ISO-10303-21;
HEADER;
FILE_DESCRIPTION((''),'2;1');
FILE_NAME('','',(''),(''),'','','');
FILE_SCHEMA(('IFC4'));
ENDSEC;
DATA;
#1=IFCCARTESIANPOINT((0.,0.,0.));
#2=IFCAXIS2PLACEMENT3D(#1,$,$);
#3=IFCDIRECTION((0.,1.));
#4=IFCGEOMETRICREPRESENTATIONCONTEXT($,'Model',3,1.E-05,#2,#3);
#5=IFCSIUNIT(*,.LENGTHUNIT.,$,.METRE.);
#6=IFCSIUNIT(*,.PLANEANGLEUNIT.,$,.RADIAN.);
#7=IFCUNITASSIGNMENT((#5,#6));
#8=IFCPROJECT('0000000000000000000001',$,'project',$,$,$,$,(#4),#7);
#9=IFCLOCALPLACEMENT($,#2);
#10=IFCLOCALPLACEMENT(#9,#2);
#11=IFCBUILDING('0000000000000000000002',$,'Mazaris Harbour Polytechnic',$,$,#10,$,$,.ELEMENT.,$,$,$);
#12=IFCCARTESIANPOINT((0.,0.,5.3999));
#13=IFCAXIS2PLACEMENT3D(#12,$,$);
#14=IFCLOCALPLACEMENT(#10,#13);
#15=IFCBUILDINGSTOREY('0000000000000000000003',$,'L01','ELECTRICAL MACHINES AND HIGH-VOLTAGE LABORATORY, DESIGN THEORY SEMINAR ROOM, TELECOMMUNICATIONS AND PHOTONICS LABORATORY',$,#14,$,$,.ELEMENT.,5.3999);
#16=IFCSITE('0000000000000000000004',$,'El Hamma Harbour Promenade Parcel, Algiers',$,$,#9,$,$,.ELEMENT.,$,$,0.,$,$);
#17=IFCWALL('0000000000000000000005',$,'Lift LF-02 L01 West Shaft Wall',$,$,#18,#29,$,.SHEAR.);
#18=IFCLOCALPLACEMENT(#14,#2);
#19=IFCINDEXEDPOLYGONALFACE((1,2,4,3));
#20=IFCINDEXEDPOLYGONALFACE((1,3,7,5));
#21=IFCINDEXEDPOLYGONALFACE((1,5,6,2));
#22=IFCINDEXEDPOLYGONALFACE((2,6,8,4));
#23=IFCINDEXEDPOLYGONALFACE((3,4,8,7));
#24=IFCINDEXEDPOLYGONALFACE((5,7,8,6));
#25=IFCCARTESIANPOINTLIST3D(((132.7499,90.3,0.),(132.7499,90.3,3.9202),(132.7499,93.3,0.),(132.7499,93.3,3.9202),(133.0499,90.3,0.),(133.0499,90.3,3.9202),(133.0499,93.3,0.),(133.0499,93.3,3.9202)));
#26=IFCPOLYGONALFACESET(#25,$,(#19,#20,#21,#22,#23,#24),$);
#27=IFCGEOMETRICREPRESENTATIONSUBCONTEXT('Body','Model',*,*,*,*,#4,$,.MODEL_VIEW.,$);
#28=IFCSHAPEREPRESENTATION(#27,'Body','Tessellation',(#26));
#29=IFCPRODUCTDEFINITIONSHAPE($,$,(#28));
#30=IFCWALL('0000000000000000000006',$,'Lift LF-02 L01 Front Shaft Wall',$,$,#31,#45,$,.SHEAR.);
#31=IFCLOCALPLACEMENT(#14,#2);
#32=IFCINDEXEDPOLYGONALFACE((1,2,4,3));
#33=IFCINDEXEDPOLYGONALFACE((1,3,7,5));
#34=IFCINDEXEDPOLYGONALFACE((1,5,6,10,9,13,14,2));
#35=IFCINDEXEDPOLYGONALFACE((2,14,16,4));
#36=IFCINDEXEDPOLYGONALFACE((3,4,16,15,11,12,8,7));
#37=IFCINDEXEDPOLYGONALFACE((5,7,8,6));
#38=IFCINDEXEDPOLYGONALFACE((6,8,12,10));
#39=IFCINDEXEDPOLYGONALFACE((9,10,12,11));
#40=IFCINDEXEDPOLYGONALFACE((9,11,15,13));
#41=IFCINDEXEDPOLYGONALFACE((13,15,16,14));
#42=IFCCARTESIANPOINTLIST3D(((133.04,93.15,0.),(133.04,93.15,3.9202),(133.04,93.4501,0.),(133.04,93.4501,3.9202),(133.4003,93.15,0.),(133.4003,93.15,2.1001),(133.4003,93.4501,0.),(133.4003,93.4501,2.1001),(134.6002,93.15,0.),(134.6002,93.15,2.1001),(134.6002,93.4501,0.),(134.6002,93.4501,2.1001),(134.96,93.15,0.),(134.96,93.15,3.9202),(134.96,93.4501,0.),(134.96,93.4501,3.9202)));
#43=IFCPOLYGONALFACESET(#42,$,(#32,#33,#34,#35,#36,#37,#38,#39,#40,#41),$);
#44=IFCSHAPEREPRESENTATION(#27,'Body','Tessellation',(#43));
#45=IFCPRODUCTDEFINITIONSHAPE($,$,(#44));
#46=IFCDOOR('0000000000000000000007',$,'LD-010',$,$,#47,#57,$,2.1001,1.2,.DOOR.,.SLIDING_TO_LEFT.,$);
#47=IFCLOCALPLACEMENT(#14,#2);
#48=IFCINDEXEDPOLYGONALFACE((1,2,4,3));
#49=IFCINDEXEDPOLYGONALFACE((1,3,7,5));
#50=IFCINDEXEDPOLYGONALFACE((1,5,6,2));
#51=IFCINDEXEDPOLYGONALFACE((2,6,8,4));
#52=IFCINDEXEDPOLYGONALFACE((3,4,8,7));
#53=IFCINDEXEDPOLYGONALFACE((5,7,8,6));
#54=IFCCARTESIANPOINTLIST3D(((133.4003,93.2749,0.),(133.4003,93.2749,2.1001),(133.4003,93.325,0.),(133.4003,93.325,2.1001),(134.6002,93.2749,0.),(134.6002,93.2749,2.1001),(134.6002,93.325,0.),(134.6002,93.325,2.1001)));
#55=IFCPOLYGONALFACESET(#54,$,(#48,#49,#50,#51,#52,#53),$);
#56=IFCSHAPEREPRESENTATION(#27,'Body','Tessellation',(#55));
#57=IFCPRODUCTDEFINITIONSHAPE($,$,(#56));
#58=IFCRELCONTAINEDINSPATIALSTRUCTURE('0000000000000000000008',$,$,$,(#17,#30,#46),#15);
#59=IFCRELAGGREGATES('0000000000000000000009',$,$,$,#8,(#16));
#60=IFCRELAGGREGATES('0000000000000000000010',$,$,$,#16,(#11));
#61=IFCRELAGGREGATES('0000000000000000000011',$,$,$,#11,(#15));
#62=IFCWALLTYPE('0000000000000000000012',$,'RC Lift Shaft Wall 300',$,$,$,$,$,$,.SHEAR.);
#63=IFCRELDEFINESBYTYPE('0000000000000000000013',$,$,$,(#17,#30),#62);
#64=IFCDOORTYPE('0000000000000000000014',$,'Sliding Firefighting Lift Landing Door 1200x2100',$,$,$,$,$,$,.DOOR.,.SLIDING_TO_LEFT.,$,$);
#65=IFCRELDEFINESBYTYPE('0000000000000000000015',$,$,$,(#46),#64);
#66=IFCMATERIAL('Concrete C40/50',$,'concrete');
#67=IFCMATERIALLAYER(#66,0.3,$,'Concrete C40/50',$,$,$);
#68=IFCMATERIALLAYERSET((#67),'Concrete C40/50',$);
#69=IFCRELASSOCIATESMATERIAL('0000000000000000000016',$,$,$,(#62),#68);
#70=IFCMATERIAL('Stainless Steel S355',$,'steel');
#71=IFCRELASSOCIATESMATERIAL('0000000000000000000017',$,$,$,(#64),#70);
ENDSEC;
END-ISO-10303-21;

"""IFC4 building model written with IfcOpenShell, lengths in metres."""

from ifc_helpers import new_model, si_unit, direction, frame, frame_2d, origin, place, context, subcontext, project, spatial, rectangle, extrude, material, layer, layer_set, type_object, element, fill, save


model = new_model("IFC4")

# Units and contexts
model_context = context("Model", 3, precision=1e-05, world=origin(), true_north=direction((0.0, 1.0)))
body_context = subcontext(model_context, "Body", "Model", "MODEL_VIEW")
ifc_project = project(units=[si_unit("LENGTHUNIT", "METRE"), si_unit("PLANEANGLEUNIT", "RADIAN")], contexts=[model_context])

# Site, building, storey
site_placement = place(None, origin())
site = spatial("IfcSite", under=ifc_project, at=site_placement, Name="El Hamma Harbour Promenade Parcel, Algiers", CompositionType="ELEMENT", RefElevation=0.0)
building_placement = place(site_placement, origin())
building = spatial("IfcBuilding", under=site, at=building_placement, Name="Mazaris Harbour Polytechnic", CompositionType="ELEMENT")
storey_placement = place(building_placement, frame((0.0, 0.0, 5.3999)))
storey = spatial("IfcBuildingStorey", under=building, at=storey_placement, Name="L01", Description="ELECTRICAL MACHINES AND HIGH-VOLTAGE LABORATORY, DESIGN THEORY SEMINAR ROOM, TELECOMMUNICATIONS AND PHOTONICS LABORATORY", CompositionType="ELEMENT", Elevation=5.3999)

# Wall
ifc_material_1 = material(Name="Concrete C40/50", Category="concrete")
ifc_layer_1 = layer(ifc_material_1, 0.3, Name="Concrete C40/50")
ifc_layer_set_1 = layer_set([ifc_layer_1], Name="Concrete C40/50")
wall_type_1 = type_object("IfcWallType", Name="RC Lift Shaft Wall 300", PredefinedType="SHEAR", material=ifc_layer_set_1)
wall_1_placement = place(storey_placement, frame((132.8999, 93.3, 0.0), z_axis=(0.0, 0.0, 1.0), x_axis=(0.0, -1.0, 0.0)))
element("IfcWall", 1, at=wall_1_placement, inside=storey, type_object=wall_type_1, Name="Lift LF-02 L01 West Shaft Wall", PredefinedType="SHEAR", context=body_context, shape_type="SweptSolid", body=[
    extrude(rectangle(XDim=3.0, YDim=0.3, at=frame_2d((1.5, 0.0))), origin(), (0.0, 0.0, 1.0), 3.9202),
])

# Wall, opening, door
wall_2_placement = place(storey_placement, frame((133.04, 93.3, 0.0), z_axis=(0.0, 0.0, 1.0), x_axis=(1.0, 0.0, 0.0)))
wall_2 = element("IfcWall", 2, at=wall_2_placement, inside=storey, type_object=wall_type_1, Name="Lift LF-02 L01 Front Shaft Wall", PredefinedType="SHEAR", context=body_context, shape_type="SweptSolid", body=[
    extrude(rectangle(XDim=1.9199, YDim=0.3, at=frame_2d((0.96, 0.0))), origin(), (0.0, 0.0, 1.0), 3.9202),
])
opening_1_placement = place(wall_2_placement, frame((0.3601, 0.0, 0.0)))
opening_1 = element("IfcOpeningElement", 3, at=opening_1_placement, cuts=wall_2, PredefinedType="OPENING", context=body_context, shape_type="SweptSolid", body=[
    extrude(rectangle(XDim=1.2, YDim=2.1001, at=frame_2d((0.6001, 1.05))), frame((0.0, 0.1599, 0.0), z_axis=(0.0, -1.0, 0.0), x_axis=(1.0, 0.0, 0.0)), (0.0, 0.0, 1.0), 0.3201),
])
ifc_material_2 = material(Name="Stainless Steel S355", Category="steel")
door_type_1 = type_object("IfcDoorType", Name="Sliding Firefighting Lift Landing Door 1200x2100", OperationType="SLIDING_TO_LEFT", PredefinedType="DOOR", material=ifc_material_2)
door_1_placement = place(opening_1_placement, origin())
door_1 = element("IfcDoor", 4, at=door_1_placement, inside=storey, type_object=door_type_1, Name="LD-010", OperationType="SLIDING_TO_LEFT", OverallHeight=2.1001, OverallWidth=1.2, PredefinedType="DOOR", context=body_context, shape_type="SweptSolid", body=[
    extrude(rectangle(XDim=1.2, YDim=2.1001, at=frame_2d((0.6001, 1.05))), frame((0.0, 0.0249, 0.0), z_axis=(0.0, -1.0, 0.0), x_axis=(1.0, 0.0, 0.0)), (0.0, 0.0, 1.0), 0.05),
])
fill(opening_1, door_1)

save(model, "model.ifc")
